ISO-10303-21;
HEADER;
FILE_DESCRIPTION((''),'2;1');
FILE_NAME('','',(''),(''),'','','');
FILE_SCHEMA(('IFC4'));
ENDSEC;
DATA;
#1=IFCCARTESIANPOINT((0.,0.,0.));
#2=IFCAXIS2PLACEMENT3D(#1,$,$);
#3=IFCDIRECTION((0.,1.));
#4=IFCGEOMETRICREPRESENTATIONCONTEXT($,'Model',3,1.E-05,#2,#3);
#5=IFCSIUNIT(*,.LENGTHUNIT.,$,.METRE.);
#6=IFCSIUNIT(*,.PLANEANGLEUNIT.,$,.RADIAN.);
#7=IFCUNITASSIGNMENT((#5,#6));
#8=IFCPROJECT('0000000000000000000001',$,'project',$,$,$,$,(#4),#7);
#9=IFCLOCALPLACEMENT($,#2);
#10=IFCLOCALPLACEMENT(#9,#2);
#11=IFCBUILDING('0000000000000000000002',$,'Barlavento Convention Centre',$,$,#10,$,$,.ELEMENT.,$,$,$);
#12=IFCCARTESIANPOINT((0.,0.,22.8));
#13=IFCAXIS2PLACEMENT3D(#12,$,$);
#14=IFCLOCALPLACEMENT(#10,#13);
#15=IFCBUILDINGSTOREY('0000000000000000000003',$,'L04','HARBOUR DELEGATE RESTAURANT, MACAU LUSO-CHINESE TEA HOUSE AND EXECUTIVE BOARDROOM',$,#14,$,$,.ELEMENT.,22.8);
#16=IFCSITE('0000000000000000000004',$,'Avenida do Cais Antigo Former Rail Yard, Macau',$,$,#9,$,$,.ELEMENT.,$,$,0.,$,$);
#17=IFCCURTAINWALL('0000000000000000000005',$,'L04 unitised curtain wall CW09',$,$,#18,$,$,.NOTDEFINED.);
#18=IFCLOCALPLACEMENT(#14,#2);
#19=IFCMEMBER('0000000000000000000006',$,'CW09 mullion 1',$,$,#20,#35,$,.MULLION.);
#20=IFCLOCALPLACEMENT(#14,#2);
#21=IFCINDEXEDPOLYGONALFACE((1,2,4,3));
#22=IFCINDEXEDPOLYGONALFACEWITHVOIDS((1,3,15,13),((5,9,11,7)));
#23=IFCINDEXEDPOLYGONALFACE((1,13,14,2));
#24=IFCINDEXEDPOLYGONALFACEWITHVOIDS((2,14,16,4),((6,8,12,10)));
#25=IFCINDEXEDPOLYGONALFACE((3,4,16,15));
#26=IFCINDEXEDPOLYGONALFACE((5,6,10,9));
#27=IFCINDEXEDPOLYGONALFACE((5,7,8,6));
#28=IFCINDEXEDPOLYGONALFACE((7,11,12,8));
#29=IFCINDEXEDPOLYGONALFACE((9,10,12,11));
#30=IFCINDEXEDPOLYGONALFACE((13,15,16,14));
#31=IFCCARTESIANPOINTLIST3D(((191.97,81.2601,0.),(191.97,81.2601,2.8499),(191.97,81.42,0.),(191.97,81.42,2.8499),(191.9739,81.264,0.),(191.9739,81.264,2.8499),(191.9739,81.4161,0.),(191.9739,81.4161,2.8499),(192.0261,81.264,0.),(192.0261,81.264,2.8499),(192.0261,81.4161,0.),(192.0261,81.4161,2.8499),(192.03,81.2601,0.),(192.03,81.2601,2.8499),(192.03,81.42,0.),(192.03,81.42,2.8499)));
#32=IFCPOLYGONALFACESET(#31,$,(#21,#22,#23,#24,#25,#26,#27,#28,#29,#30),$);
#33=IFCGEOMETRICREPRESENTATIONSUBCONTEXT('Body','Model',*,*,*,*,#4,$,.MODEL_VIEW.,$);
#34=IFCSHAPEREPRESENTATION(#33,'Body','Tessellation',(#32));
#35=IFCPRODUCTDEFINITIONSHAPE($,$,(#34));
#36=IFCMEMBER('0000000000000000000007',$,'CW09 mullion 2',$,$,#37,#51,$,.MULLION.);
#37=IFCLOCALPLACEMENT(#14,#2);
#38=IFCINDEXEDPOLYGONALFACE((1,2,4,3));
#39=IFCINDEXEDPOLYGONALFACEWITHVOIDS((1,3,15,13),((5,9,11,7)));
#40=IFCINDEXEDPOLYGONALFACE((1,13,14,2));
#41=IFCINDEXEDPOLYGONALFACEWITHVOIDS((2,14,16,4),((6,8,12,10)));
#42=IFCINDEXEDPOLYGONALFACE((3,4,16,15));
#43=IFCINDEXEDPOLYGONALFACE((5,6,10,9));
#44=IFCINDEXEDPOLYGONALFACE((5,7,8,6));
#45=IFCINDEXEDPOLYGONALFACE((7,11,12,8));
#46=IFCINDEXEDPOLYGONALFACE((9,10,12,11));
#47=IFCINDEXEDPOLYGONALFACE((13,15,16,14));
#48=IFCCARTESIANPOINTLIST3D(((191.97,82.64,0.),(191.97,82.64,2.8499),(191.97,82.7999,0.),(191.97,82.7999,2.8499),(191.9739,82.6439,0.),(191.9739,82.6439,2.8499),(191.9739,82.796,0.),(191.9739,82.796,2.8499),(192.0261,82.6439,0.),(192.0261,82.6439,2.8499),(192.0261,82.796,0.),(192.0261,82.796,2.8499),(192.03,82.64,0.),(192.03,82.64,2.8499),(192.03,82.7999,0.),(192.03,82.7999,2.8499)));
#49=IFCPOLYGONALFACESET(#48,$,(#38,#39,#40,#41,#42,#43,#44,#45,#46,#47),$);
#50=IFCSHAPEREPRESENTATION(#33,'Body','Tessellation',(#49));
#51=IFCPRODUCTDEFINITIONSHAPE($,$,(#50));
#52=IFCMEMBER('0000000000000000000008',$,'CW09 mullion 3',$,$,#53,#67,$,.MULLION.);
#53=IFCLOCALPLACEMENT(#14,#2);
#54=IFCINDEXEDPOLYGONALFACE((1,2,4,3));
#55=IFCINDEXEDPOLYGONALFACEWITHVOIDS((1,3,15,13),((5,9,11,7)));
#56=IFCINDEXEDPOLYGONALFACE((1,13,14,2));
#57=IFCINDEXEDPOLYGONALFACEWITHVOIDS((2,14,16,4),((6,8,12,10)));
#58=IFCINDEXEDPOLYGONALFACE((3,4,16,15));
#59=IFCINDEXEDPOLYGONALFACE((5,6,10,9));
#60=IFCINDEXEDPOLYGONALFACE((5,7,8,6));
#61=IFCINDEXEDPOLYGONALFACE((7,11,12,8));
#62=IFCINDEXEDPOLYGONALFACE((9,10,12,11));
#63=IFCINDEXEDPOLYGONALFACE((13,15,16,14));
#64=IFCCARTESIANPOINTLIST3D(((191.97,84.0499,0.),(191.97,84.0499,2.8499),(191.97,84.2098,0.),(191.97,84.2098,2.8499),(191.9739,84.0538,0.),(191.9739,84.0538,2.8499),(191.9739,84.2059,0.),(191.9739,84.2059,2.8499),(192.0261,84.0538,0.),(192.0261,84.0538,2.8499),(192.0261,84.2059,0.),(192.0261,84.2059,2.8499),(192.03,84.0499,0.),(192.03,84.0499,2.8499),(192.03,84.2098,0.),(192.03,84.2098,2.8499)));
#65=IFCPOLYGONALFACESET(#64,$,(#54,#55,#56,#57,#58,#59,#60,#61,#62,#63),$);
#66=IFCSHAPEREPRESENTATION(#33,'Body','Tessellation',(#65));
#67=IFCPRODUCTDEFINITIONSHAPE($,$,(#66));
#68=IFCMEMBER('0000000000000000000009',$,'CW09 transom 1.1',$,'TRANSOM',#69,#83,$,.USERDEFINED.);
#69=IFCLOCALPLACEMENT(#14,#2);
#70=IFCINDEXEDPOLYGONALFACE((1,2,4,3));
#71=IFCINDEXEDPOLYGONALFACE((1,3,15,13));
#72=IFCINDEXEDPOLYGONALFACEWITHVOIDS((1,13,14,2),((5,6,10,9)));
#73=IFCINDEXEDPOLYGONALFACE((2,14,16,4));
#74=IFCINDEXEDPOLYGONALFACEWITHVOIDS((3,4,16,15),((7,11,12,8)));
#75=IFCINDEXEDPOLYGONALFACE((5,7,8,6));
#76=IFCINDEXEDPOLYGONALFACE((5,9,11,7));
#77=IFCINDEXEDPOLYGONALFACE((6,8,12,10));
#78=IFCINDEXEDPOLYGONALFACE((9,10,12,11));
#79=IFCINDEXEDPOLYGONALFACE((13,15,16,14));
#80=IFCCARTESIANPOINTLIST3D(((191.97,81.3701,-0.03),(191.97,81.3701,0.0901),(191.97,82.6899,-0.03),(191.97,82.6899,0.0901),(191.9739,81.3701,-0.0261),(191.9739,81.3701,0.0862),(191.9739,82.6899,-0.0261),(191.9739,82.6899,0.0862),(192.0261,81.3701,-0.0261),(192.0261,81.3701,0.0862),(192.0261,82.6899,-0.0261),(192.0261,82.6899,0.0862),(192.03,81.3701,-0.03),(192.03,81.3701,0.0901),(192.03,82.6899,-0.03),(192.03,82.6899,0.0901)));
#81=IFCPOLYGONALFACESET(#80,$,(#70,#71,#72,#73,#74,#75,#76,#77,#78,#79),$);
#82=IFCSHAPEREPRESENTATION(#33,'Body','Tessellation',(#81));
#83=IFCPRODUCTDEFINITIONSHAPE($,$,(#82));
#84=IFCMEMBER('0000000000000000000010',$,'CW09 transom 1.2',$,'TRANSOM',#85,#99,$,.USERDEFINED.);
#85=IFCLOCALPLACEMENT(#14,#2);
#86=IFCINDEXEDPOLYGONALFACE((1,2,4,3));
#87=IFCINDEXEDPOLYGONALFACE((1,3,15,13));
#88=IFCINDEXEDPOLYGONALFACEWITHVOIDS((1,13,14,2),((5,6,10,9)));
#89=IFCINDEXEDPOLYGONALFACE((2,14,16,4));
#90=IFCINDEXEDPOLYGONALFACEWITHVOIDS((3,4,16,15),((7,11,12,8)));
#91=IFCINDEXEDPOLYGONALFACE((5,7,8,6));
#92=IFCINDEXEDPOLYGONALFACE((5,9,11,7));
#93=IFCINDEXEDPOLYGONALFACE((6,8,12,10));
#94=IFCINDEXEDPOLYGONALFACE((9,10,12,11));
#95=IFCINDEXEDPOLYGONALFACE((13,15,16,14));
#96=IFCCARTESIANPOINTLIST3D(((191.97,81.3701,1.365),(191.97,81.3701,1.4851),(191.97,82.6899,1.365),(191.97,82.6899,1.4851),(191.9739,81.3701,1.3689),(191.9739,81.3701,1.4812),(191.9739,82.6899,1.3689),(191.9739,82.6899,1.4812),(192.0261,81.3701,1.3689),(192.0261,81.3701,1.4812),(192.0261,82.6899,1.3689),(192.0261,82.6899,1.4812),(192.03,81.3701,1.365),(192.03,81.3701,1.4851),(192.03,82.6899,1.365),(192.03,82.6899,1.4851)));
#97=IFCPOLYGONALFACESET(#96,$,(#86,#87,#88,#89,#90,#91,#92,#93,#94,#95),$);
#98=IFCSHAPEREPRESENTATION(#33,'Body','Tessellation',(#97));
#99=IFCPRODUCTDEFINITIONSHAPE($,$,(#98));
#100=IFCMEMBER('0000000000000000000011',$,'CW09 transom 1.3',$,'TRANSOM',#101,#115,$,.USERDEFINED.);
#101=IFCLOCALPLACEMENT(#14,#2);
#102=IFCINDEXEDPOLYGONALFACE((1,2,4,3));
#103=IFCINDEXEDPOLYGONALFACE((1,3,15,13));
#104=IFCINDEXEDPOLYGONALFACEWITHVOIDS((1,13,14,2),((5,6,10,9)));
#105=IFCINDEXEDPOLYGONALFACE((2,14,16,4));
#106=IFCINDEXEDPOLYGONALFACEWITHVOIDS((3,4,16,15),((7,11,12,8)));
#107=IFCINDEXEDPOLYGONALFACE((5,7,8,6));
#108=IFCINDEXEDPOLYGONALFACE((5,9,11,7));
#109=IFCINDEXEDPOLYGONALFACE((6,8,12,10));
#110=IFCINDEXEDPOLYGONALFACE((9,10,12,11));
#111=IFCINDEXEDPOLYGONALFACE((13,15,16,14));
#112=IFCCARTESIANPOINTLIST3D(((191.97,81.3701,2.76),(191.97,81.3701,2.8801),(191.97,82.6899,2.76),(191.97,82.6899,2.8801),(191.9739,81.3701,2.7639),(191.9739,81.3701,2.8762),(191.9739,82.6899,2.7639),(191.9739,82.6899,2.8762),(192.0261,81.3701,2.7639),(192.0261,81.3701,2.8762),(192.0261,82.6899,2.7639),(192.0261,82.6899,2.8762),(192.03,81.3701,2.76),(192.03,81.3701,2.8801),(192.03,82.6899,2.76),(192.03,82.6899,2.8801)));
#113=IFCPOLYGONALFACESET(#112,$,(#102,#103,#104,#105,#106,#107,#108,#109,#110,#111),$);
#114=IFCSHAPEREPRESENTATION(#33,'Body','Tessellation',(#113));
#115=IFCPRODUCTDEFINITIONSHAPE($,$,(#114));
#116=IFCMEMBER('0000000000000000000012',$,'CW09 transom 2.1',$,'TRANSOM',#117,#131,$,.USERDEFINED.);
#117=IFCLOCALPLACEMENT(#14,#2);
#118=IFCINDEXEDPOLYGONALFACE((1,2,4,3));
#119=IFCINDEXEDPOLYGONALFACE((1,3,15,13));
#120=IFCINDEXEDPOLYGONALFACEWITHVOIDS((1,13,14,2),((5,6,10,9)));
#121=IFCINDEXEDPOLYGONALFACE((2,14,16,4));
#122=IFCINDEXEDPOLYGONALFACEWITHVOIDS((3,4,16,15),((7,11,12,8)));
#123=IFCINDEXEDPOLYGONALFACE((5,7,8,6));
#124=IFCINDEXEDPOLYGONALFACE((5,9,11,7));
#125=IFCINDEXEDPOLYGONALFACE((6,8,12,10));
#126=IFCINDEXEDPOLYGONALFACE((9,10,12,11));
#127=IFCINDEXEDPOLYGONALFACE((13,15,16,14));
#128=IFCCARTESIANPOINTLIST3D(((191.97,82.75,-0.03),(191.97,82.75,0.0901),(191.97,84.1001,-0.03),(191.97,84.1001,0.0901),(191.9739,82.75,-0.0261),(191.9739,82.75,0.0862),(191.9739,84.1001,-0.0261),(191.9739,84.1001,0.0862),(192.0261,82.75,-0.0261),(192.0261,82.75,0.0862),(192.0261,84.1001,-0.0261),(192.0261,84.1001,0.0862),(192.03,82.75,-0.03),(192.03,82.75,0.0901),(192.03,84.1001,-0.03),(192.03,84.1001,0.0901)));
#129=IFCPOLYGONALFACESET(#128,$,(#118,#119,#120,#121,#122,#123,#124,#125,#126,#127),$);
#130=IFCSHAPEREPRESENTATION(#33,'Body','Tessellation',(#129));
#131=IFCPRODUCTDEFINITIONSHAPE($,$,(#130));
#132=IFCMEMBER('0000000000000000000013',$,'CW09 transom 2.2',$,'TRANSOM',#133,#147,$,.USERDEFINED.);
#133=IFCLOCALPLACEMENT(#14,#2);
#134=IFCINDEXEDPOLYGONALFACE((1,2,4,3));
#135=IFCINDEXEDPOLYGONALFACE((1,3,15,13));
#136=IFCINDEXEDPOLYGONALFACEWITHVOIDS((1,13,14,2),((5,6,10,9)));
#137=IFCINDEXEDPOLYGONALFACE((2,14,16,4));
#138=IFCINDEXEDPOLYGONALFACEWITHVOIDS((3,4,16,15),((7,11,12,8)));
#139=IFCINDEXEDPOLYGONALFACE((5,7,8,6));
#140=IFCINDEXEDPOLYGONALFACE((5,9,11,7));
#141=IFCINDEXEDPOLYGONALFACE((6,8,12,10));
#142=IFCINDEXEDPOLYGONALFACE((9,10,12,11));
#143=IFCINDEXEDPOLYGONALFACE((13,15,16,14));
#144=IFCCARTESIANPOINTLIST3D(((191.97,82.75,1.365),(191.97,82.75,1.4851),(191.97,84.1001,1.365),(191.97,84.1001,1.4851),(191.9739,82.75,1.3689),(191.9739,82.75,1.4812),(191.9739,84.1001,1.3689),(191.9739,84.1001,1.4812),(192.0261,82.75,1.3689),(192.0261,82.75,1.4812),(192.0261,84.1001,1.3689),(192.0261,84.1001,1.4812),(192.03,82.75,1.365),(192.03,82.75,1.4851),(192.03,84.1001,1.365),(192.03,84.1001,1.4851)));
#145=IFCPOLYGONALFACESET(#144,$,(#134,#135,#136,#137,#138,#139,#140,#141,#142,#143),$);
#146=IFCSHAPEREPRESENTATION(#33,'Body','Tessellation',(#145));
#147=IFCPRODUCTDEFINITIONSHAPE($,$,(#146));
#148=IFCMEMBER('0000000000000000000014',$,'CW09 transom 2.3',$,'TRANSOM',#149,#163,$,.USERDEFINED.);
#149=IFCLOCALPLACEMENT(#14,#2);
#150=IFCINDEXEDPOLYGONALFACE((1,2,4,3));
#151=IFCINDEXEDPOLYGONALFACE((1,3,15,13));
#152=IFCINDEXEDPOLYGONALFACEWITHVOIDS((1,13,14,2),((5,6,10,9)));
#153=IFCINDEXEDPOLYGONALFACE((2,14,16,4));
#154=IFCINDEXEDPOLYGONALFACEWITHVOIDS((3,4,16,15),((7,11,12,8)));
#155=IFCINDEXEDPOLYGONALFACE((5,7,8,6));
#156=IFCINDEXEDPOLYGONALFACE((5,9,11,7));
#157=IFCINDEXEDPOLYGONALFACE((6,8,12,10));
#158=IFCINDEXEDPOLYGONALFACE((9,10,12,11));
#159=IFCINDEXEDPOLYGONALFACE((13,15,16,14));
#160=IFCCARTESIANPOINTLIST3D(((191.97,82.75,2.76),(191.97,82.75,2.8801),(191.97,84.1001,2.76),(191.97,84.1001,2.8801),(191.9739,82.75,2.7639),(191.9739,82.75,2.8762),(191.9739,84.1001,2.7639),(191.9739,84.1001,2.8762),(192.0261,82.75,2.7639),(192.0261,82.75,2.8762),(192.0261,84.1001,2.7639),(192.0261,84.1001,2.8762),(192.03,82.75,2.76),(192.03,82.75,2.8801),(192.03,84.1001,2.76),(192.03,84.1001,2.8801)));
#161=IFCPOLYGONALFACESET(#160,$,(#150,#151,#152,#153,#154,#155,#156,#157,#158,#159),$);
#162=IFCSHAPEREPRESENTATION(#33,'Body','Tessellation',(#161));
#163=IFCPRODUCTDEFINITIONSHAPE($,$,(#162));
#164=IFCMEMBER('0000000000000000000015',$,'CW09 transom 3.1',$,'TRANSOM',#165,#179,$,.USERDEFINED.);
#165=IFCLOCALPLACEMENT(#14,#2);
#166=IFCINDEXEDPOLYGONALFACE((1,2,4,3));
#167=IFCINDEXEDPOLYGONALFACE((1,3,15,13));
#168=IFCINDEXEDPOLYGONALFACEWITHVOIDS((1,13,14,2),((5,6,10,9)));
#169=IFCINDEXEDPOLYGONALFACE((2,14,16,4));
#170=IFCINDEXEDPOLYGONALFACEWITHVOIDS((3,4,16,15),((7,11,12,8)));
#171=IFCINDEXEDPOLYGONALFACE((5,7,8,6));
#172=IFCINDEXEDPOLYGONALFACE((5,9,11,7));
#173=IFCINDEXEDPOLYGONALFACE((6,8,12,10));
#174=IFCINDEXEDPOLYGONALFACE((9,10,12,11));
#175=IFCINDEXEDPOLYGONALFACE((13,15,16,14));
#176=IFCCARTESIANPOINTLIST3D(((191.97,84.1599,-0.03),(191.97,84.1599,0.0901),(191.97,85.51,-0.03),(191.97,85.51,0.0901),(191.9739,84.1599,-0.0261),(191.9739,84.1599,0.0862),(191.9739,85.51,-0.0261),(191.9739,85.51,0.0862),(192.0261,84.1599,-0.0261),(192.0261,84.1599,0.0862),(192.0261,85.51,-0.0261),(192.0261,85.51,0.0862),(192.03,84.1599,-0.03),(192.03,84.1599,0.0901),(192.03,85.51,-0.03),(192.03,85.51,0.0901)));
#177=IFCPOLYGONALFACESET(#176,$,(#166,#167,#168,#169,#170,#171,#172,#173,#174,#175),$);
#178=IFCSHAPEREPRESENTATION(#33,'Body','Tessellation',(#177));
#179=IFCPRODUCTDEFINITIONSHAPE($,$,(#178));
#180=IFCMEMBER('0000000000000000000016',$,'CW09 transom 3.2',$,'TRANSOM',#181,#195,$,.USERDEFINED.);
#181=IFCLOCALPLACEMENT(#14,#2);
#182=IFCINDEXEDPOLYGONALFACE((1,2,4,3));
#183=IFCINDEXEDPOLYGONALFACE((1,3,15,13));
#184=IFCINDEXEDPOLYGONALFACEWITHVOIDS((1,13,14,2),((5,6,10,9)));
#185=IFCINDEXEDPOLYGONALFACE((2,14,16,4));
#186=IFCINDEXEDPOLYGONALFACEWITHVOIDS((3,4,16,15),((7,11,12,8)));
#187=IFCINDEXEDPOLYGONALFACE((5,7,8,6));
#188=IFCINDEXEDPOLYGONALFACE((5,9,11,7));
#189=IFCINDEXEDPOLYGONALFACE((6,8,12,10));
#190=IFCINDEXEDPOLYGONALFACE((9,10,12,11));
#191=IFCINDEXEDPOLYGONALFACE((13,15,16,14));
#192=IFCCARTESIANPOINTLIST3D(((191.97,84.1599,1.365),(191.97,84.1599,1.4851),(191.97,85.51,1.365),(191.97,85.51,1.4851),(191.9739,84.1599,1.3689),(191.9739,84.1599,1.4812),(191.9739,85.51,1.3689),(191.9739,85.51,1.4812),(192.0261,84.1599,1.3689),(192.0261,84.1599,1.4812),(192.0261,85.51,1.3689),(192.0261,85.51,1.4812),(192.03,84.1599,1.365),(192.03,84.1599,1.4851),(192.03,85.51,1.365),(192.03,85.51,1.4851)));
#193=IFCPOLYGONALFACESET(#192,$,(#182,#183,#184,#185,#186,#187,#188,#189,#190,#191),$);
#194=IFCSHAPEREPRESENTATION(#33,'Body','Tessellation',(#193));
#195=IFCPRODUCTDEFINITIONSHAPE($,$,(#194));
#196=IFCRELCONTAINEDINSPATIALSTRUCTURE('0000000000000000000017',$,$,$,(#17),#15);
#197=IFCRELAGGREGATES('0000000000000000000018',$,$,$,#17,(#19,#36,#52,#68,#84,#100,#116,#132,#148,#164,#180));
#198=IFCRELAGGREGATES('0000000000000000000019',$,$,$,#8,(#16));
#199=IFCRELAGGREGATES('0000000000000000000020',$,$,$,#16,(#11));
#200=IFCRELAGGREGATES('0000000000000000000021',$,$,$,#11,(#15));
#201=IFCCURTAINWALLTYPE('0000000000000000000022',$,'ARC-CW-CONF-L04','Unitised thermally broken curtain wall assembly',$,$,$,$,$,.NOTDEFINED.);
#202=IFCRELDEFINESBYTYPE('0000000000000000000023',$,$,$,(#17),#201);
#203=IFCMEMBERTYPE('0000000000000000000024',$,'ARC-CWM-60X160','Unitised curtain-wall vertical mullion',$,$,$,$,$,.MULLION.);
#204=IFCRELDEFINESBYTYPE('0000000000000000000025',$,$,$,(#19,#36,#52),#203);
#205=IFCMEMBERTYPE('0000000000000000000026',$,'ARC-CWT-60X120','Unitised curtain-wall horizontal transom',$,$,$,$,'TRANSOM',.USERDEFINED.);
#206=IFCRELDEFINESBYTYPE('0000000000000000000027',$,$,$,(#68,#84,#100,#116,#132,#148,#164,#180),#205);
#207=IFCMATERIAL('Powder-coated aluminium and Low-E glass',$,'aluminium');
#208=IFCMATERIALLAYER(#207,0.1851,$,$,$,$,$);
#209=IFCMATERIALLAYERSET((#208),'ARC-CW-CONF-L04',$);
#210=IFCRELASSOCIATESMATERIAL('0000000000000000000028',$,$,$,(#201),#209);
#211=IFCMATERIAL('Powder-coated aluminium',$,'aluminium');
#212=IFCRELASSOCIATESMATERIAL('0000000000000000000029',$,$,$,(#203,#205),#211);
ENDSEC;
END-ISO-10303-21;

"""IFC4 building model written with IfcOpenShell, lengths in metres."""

from ifc_helpers import new_model, si_unit, direction, frame, origin, origin_2d, place, context, subcontext, project, spatial, hollow_rectangle, extrude, material, layer, layer_set, material_profile, profile_set, type_object, element, aggregate, save


model = new_model("IFC4")

# Units and contexts
model_context = context("Model", 3, precision=1e-05, world=origin(), true_north=direction((0.0, 1.0)))
body_context = subcontext(model_context, "Body", "Model", "MODEL_VIEW")
ifc_project = project(units=[si_unit("LENGTHUNIT", "METRE"), si_unit("PLANEANGLEUNIT", "RADIAN")], contexts=[model_context])

# Site, building, storey
site_placement = place(None, origin())
site = spatial("IfcSite", under=ifc_project, at=site_placement, Name="Avenida do Cais Antigo Former Rail Yard, Macau", CompositionType="ELEMENT", RefElevation=0.0)
building_placement = place(site_placement, origin())
building = spatial("IfcBuilding", under=site, at=building_placement, Name="Barlavento Convention Centre", CompositionType="ELEMENT")
storey_placement = place(building_placement, frame((0.0, 0.0, 22.8)))
storey = spatial("IfcBuildingStorey", under=building, at=storey_placement, Name="L04", Description="HARBOUR DELEGATE RESTAURANT, MACAU LUSO-CHINESE TEA HOUSE AND EXECUTIVE BOARDROOM", CompositionType="ELEMENT", Elevation=22.8)

# Curtain wall, members
ifc_material_1 = material(Name="Powder-coated aluminium and Low-E glass", Category="aluminium")
ifc_layer_1 = layer(ifc_material_1, 0.1851)
ifc_layer_set_1 = layer_set([ifc_layer_1], Name="ARC-CW-CONF-L04")
curtain_wall_type = type_object("IfcCurtainWallType", Name="ARC-CW-CONF-L04", Description="Unitised thermally broken curtain wall assembly", PredefinedType="NOTDEFINED", material=ifc_layer_set_1)
curtain_wall_placement = place(storey_placement, origin())
curtain_wall = element("IfcCurtainWall", 1, at=curtain_wall_placement, inside=storey, type_object=curtain_wall_type, Name="L04 unitised curtain wall CW09", PredefinedType="NOTDEFINED")
ifc_material_2 = material(Name="Powder-coated aluminium", Category="aluminium")
ifc_material_profile_1 = material_profile(ifc_material_2, hollow_rectangle(XDim=0.0601, YDim=0.1599, WallThickness=0.0039, at=origin_2d()), Name="AL-MULL 60x160x4")
ifc_profile_set_1 = profile_set([ifc_material_profile_1], Name="Powder-coated aluminium")
member_type_1 = type_object("IfcMemberType", Name="ARC-CWM-60X160", Description="Unitised curtain-wall vertical mullion", PredefinedType="MULLION", material=ifc_profile_set_1)
member_1_placement = place(storey_placement, frame((192.0, 81.3401, 0.0), z_axis=(0.0, 0.0, 1.0), x_axis=(-1.0, 0.0, 0.0)))
member_1 = element("IfcMember", 2, at=member_1_placement, type_object=member_type_1, Name="CW09 mullion 1", PredefinedType="MULLION", context=body_context, shape_type="SweptSolid", body=[
    extrude(hollow_rectangle(XDim=0.0601, YDim=0.1599, WallThickness=0.0039, at=origin_2d()), origin(), (0.0, 0.0, 1.0), 2.8499),
])
member_2_placement = place(storey_placement, frame((192.0, 82.72, 0.0), z_axis=(0.0, 0.0, 1.0), x_axis=(-1.0, 0.0, 0.0)))
member_2 = element("IfcMember", 3, at=member_2_placement, type_object=member_type_1, Name="CW09 mullion 2", PredefinedType="MULLION", context=body_context, shape_type="SweptSolid", body=[
    extrude(hollow_rectangle(XDim=0.0601, YDim=0.1599, WallThickness=0.0039, at=origin_2d()), origin(), (0.0, 0.0, 1.0), 2.8499),
])
member_3_placement = place(storey_placement, frame((192.0, 84.1299, 0.0), z_axis=(0.0, 0.0, 1.0), x_axis=(-1.0, 0.0, 0.0)))
member_3 = element("IfcMember", 4, at=member_3_placement, type_object=member_type_1, Name="CW09 mullion 3", PredefinedType="MULLION", context=body_context, shape_type="SweptSolid", body=[
    extrude(hollow_rectangle(XDim=0.0601, YDim=0.1599, WallThickness=0.0039, at=origin_2d()), origin(), (0.0, 0.0, 1.0), 2.8499),
])
ifc_material_profile_2 = material_profile(ifc_material_2, hollow_rectangle(XDim=0.0601, YDim=0.1201, WallThickness=0.0039, at=origin_2d()), Name="AL-TRAN 60x120x4")
ifc_profile_set_2 = profile_set([ifc_material_profile_2], Name="Powder-coated aluminium")
member_type_2 = type_object("IfcMemberType", Name="ARC-CWT-60X120", Description="Unitised curtain-wall horizontal transom", ElementType="TRANSOM", PredefinedType="USERDEFINED", material=ifc_profile_set_2)
member_4_placement = place(storey_placement, frame((192.0, 81.3701, 0.03), z_axis=(0.0, 1.0, 0.0), x_axis=(-1.0, 0.0, 0.0)))
member_4 = element("IfcMember", 5, at=member_4_placement, type_object=member_type_2, Name="CW09 transom 1.1", ObjectType="TRANSOM", PredefinedType="USERDEFINED", context=body_context, shape_type="SweptSolid", body=[
    extrude(hollow_rectangle(XDim=0.0601, YDim=0.1201, WallThickness=0.0039, at=origin_2d()), origin(), (0.0, 0.0, 1.0), 1.3198),
])
member_5_placement = place(storey_placement, frame((192.0, 81.3701, 1.425), z_axis=(0.0, 1.0, 0.0), x_axis=(-1.0, 0.0, 0.0)))
member_5 = element("IfcMember", 6, at=member_5_placement, type_object=member_type_2, Name="CW09 transom 1.2", ObjectType="TRANSOM", PredefinedType="USERDEFINED", context=body_context, shape_type="SweptSolid", body=[
    extrude(hollow_rectangle(XDim=0.0601, YDim=0.1201, WallThickness=0.0039, at=origin_2d()), origin(), (0.0, 0.0, 1.0), 1.3198),
])
member_6_placement = place(storey_placement, frame((192.0, 81.3701, 2.8201), z_axis=(0.0, 1.0, 0.0), x_axis=(-1.0, 0.0, 0.0)))
member_6 = element("IfcMember", 7, at=member_6_placement, type_object=member_type_2, Name="CW09 transom 1.3", ObjectType="TRANSOM", PredefinedType="USERDEFINED", context=body_context, shape_type="SweptSolid", body=[
    extrude(hollow_rectangle(XDim=0.0601, YDim=0.1201, WallThickness=0.0039, at=origin_2d()), origin(), (0.0, 0.0, 1.0), 1.3198),
])
member_7_placement = place(storey_placement, frame((192.0, 82.75, 0.03), z_axis=(0.0, 1.0, 0.0), x_axis=(-1.0, 0.0, 0.0)))
member_7 = element("IfcMember", 8, at=member_7_placement, type_object=member_type_2, Name="CW09 transom 2.1", ObjectType="TRANSOM", PredefinedType="USERDEFINED", context=body_context, shape_type="SweptSolid", body=[
    extrude(hollow_rectangle(XDim=0.0601, YDim=0.1201, WallThickness=0.0039, at=origin_2d()), origin(), (0.0, 0.0, 1.0), 1.3501),
])
member_8_placement = place(storey_placement, frame((192.0, 82.75, 1.425), z_axis=(0.0, 1.0, 0.0), x_axis=(-1.0, 0.0, 0.0)))
member_8 = element("IfcMember", 9, at=member_8_placement, type_object=member_type_2, Name="CW09 transom 2.2", ObjectType="TRANSOM", PredefinedType="USERDEFINED", context=body_context, shape_type="SweptSolid", body=[
    extrude(hollow_rectangle(XDim=0.0601, YDim=0.1201, WallThickness=0.0039, at=origin_2d()), origin(), (0.0, 0.0, 1.0), 1.3501),
])
member_9_placement = place(storey_placement, frame((192.0, 82.75, 2.8201), z_axis=(0.0, 1.0, 0.0), x_axis=(-1.0, 0.0, 0.0)))
member_9 = element("IfcMember", 10, at=member_9_placement, type_object=member_type_2, Name="CW09 transom 2.3", ObjectType="TRANSOM", PredefinedType="USERDEFINED", context=body_context, shape_type="SweptSolid", body=[
    extrude(hollow_rectangle(XDim=0.0601, YDim=0.1201, WallThickness=0.0039, at=origin_2d()), origin(), (0.0, 0.0, 1.0), 1.3501),
])
member_10_placement = place(storey_placement, frame((192.0, 84.1599, 0.03), z_axis=(0.0, 1.0, 0.0), x_axis=(-1.0, 0.0, 0.0)))
member_10 = element("IfcMember", 11, at=member_10_placement, type_object=member_type_2, Name="CW09 transom 3.1", ObjectType="TRANSOM", PredefinedType="USERDEFINED", context=body_context, shape_type="SweptSolid", body=[
    extrude(hollow_rectangle(XDim=0.0601, YDim=0.1201, WallThickness=0.0039, at=origin_2d()), origin(), (0.0, 0.0, 1.0), 1.3501),
])
member_11_placement = place(storey_placement, frame((192.0, 84.1599, 1.425), z_axis=(0.0, 1.0, 0.0), x_axis=(-1.0, 0.0, 0.0)))
member_11 = element("IfcMember", 12, at=member_11_placement, type_object=member_type_2, Name="CW09 transom 3.2", ObjectType="TRANSOM", PredefinedType="USERDEFINED", context=body_context, shape_type="SweptSolid", body=[
    extrude(hollow_rectangle(XDim=0.0601, YDim=0.1201, WallThickness=0.0039, at=origin_2d()), origin(), (0.0, 0.0, 1.0), 1.3501),
])

aggregate(curtain_wall, [member_1, member_2, member_3, member_4, member_5, member_6, member_7, member_8, member_9, member_10, member_11])

save(model, "model.ifc")
